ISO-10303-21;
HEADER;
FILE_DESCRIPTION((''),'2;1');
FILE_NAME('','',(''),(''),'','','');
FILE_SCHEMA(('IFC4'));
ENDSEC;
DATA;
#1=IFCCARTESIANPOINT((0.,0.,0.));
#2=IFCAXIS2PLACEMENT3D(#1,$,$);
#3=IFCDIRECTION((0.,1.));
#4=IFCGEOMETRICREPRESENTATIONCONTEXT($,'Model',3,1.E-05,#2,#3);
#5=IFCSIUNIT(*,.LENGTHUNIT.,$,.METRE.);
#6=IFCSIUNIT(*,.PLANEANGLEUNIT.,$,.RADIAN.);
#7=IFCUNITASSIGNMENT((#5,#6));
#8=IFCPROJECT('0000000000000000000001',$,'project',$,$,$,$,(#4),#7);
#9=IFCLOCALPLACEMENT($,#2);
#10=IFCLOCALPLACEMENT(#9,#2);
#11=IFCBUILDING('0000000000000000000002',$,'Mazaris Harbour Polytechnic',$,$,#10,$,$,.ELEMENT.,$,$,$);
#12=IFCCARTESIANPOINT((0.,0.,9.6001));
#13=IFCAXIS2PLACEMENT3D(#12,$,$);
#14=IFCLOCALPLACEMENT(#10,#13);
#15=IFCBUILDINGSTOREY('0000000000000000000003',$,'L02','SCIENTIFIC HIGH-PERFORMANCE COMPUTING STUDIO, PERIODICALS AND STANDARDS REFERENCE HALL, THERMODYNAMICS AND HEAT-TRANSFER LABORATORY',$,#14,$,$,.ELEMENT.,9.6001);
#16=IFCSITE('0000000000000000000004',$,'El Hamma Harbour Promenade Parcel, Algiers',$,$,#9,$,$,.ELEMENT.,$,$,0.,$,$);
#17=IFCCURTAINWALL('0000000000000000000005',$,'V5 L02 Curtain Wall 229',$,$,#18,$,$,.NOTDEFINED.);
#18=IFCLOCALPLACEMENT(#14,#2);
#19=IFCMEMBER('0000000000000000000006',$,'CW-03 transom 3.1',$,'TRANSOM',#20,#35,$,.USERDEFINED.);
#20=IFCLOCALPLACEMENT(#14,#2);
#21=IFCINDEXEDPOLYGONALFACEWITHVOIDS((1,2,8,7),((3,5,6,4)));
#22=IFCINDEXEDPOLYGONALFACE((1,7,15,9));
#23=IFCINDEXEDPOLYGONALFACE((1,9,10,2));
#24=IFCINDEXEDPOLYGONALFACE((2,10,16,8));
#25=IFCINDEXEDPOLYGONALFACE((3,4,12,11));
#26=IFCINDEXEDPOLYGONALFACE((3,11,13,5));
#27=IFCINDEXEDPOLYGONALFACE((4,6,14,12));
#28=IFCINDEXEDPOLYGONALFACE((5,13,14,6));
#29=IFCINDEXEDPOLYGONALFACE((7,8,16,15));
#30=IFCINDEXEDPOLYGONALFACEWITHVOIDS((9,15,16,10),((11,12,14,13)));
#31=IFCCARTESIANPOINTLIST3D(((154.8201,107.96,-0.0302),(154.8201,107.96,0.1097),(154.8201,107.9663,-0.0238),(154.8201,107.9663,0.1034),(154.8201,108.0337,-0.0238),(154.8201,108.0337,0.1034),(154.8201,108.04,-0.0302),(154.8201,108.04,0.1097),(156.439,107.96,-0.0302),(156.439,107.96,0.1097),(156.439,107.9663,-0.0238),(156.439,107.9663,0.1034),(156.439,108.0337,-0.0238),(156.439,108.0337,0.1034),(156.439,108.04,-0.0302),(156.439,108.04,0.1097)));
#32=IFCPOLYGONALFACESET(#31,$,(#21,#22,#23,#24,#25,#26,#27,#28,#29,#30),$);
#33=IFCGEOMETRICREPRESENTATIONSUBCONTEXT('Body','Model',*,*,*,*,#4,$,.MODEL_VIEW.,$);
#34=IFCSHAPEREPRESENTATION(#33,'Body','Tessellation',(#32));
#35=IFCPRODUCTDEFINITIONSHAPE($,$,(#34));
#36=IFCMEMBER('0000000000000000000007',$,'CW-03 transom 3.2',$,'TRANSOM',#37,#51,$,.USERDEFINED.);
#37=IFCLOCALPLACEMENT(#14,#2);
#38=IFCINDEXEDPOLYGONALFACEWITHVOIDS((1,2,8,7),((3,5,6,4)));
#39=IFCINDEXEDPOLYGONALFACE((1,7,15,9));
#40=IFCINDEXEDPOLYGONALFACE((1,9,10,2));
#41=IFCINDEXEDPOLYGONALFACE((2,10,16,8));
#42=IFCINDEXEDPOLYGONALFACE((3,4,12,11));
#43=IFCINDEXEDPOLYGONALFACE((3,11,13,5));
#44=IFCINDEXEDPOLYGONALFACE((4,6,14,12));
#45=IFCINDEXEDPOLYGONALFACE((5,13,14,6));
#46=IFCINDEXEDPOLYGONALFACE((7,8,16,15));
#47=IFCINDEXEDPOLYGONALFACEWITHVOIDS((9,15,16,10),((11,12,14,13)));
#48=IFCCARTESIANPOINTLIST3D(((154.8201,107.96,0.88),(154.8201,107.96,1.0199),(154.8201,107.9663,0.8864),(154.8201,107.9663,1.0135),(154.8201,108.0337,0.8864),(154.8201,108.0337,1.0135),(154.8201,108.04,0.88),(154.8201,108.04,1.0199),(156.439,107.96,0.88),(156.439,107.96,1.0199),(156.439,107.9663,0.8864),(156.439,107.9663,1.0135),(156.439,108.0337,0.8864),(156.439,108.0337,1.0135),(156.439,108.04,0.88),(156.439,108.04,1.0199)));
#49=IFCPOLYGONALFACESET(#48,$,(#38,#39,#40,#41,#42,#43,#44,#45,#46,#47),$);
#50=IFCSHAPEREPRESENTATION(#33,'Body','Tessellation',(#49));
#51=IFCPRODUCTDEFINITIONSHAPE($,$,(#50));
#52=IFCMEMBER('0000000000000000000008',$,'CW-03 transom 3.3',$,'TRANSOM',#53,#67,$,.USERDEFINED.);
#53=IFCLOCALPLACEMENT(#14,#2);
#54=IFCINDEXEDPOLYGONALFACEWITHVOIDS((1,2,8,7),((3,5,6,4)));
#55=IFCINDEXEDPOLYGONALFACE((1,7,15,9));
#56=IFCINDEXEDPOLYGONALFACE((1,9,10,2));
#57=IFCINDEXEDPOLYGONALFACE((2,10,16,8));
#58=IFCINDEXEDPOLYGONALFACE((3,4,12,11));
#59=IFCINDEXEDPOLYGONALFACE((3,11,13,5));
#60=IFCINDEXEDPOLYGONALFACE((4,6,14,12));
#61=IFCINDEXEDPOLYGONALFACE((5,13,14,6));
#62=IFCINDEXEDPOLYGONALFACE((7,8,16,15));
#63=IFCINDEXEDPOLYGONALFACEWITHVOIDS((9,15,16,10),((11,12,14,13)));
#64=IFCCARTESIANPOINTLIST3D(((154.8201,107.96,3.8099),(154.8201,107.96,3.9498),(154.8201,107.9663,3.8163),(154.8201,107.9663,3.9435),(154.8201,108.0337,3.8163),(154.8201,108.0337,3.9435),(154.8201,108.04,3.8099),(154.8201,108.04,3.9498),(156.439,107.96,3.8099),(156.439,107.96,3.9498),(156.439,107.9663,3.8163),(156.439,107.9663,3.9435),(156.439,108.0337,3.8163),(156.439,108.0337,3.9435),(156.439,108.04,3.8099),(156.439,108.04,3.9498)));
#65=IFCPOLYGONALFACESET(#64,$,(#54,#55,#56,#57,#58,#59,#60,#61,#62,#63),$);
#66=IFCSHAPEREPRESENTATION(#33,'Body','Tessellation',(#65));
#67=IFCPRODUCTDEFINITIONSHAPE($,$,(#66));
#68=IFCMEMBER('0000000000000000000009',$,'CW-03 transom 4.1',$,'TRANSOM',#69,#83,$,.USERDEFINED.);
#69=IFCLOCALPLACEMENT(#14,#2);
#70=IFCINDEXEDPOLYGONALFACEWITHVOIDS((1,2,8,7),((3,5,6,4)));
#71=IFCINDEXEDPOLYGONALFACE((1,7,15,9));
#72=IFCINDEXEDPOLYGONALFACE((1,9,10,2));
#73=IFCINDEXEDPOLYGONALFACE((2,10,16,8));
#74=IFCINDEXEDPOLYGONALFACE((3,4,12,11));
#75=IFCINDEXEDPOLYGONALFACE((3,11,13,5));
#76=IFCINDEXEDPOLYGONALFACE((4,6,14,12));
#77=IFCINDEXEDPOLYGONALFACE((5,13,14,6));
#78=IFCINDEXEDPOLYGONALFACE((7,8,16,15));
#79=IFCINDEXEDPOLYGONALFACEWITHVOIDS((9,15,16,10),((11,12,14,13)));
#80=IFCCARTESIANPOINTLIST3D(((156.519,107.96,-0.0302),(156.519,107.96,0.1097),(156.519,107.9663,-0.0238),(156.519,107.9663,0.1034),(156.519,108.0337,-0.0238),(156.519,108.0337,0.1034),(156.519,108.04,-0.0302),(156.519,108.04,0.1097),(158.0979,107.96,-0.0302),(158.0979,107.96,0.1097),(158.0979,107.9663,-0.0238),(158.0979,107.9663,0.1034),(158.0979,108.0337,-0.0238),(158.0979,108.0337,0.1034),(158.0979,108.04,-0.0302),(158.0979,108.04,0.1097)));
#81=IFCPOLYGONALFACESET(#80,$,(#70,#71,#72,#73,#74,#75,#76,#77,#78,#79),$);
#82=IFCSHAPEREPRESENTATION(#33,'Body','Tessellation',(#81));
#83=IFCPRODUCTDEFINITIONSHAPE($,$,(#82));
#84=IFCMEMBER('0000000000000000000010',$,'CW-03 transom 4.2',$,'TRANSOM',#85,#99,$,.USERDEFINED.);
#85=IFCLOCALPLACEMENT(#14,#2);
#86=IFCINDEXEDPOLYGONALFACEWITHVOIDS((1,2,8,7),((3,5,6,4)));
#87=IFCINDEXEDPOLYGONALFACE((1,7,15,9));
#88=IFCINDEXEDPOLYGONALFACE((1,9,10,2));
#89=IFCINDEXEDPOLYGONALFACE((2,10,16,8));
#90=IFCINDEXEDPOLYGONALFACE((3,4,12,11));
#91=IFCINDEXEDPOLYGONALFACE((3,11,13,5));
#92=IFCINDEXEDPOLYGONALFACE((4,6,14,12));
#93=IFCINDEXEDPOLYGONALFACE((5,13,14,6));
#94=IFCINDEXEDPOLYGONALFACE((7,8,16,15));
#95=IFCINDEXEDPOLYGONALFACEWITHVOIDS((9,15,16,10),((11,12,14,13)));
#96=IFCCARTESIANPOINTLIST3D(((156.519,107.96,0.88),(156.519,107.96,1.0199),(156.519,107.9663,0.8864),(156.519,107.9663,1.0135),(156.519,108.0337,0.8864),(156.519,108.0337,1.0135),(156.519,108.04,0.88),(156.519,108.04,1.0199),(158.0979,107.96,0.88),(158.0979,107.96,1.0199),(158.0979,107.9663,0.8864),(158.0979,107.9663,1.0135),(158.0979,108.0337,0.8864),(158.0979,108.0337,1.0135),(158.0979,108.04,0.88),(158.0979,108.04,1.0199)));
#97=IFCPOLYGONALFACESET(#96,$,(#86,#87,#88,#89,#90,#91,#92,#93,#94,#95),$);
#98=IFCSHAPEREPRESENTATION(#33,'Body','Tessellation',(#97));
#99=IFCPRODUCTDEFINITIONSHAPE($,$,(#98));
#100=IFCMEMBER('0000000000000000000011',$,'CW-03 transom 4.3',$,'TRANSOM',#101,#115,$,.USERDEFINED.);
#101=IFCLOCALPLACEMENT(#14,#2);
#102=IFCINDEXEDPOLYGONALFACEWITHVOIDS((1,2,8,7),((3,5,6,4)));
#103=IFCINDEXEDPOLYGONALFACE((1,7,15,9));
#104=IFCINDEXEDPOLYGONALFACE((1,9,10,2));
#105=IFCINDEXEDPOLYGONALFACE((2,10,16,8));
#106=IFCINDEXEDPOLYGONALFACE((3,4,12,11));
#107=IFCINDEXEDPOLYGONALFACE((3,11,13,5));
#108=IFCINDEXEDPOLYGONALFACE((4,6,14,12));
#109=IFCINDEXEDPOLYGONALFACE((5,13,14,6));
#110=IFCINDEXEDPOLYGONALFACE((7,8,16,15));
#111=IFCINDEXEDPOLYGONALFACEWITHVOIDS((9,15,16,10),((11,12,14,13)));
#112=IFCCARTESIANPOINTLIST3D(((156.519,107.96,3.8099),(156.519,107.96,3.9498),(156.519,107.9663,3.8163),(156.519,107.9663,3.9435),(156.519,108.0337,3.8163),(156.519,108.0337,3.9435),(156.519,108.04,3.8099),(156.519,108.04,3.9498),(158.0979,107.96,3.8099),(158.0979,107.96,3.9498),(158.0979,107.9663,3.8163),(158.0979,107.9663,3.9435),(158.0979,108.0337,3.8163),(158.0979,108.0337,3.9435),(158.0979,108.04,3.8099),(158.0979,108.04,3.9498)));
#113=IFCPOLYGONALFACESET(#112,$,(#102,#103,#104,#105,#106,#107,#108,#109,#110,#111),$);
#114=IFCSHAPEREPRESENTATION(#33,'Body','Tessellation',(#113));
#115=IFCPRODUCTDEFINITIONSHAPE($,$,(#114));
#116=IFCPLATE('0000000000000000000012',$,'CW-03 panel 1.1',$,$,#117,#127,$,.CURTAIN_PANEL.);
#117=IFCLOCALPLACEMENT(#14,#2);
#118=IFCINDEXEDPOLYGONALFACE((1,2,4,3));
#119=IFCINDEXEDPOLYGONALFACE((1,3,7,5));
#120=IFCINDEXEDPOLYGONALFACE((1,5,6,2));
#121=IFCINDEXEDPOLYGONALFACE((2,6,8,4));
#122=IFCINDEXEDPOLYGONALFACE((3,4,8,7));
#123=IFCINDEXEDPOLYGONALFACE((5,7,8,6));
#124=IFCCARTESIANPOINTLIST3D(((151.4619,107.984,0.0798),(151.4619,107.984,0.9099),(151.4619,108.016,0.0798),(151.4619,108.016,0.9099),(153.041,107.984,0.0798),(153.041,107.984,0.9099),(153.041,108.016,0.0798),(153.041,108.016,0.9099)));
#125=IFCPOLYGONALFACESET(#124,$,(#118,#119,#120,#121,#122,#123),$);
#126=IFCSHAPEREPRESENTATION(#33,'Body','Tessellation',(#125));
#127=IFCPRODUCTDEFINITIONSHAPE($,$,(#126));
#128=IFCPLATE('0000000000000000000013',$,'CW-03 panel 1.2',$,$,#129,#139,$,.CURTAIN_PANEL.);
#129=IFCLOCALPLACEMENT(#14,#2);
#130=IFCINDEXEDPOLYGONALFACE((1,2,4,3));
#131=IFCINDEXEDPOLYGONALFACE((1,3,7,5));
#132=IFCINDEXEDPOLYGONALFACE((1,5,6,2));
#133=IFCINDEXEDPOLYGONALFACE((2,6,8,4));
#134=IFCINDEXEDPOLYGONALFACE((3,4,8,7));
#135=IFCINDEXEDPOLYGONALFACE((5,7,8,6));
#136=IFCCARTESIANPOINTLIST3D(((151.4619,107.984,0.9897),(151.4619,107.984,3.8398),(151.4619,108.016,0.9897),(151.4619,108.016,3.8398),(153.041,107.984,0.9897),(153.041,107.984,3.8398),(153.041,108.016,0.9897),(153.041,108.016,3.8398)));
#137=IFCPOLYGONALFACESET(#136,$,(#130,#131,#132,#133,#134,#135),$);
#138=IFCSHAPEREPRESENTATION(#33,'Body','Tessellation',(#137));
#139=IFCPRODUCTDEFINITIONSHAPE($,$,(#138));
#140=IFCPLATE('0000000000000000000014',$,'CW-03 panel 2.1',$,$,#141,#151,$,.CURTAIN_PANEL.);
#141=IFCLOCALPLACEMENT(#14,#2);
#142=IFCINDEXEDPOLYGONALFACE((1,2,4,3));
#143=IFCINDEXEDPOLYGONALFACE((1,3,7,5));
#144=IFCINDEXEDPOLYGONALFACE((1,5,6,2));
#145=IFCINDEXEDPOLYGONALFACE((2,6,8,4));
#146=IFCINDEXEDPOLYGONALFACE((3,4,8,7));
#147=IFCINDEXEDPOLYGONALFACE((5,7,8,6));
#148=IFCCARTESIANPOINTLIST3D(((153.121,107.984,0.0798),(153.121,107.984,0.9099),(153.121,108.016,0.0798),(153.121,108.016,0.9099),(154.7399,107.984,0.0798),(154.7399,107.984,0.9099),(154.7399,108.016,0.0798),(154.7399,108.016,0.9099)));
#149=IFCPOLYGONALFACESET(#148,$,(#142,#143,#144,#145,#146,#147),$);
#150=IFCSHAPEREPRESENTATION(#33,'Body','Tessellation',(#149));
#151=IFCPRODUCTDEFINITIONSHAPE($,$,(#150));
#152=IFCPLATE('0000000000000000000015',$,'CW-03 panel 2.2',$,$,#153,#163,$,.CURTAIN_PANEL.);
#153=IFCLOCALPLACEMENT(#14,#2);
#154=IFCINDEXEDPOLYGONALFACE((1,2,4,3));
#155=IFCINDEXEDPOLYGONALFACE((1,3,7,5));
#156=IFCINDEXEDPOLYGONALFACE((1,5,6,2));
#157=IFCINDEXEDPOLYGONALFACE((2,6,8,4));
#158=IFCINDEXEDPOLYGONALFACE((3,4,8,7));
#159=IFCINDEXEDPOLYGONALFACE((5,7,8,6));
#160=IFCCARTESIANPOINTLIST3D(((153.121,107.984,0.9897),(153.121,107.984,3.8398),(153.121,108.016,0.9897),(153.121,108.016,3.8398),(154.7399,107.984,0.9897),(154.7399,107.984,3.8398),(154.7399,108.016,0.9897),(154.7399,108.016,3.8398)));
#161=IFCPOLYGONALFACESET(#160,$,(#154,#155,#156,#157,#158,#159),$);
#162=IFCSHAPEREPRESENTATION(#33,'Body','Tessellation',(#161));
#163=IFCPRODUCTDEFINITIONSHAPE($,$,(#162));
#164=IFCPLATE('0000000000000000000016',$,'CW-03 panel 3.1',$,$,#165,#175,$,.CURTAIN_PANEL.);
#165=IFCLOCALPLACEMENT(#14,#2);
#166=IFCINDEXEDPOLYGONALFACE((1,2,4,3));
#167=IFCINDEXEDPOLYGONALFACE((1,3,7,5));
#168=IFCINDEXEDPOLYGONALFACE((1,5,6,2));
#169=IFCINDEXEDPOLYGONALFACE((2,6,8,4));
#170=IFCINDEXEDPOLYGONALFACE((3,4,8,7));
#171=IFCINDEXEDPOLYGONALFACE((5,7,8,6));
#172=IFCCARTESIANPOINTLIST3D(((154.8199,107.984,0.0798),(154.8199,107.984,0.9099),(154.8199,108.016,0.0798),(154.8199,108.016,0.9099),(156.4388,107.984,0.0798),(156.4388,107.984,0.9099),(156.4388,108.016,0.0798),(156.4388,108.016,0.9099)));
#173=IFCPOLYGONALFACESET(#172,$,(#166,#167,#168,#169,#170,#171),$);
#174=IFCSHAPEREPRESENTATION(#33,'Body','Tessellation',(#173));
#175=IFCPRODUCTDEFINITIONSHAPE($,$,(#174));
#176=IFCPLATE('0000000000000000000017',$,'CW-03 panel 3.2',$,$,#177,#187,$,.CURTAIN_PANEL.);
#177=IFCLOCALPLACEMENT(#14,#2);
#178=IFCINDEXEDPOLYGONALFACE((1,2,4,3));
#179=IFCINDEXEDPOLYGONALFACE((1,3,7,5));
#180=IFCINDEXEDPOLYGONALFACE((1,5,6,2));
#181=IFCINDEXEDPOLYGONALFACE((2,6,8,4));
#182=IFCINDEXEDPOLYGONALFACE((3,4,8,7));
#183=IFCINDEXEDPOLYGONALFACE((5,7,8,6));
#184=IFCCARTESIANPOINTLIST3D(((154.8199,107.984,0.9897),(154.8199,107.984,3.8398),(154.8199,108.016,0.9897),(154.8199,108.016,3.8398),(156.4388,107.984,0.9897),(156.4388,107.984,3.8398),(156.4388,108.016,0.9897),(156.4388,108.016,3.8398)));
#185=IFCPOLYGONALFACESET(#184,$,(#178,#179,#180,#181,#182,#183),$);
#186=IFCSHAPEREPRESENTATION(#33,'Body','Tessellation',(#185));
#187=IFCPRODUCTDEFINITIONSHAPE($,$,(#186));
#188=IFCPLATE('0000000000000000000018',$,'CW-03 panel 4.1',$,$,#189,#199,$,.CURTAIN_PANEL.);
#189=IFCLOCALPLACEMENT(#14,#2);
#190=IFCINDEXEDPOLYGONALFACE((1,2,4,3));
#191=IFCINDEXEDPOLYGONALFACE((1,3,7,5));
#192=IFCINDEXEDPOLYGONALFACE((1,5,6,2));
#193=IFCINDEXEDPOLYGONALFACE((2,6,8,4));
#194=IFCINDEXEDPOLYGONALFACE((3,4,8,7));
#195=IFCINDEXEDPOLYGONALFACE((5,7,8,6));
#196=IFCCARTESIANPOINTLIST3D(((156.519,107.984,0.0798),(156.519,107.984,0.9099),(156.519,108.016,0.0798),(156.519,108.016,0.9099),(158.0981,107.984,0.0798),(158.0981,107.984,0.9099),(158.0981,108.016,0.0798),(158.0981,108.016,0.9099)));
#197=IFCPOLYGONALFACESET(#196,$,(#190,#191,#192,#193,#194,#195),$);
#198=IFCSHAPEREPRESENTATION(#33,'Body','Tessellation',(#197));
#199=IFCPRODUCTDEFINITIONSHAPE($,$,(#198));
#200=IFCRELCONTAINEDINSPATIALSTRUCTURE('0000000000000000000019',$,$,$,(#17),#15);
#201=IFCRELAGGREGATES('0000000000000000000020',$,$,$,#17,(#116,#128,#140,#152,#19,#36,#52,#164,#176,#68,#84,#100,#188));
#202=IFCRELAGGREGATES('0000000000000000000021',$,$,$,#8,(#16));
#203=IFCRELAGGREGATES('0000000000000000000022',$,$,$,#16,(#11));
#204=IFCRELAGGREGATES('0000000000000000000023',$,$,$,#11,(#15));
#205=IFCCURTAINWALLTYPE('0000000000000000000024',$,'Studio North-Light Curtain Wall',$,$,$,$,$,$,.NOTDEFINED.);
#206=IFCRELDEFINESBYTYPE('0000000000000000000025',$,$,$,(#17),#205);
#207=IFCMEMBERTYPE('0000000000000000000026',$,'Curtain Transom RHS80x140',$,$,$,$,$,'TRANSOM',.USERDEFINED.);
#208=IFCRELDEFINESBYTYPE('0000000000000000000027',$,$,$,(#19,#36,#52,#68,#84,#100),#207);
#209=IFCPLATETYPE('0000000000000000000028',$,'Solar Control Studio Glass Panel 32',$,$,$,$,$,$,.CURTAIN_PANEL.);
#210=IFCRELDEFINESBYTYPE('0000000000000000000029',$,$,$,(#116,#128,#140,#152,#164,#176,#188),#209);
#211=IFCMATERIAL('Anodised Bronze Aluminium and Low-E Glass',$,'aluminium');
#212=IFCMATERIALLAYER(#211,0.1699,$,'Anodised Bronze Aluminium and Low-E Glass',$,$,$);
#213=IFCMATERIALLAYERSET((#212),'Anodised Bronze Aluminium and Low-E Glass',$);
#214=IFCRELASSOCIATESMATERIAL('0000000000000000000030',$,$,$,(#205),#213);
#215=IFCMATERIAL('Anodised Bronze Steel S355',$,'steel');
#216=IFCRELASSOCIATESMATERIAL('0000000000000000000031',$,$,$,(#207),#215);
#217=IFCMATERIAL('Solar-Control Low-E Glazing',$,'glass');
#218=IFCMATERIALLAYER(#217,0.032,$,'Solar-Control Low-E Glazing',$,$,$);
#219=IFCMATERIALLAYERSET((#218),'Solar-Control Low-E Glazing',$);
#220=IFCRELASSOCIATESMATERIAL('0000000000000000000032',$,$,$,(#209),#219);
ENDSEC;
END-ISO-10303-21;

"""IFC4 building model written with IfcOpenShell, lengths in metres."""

from ifc_helpers import new_model, si_unit, direction, frame, origin, origin_2d, place, context, subcontext, project, spatial, rectangle, hollow_rectangle, extrude, material, layer, layer_set, material_profile, profile_set, type_object, element, aggregate, save


model = new_model("IFC4")

# Units and contexts
model_context = context("Model", 3, precision=1e-05, world=origin(), true_north=direction((0.0, 1.0)))
body_context = subcontext(model_context, "Body", "Model", "MODEL_VIEW")
ifc_project = project(units=[si_unit("LENGTHUNIT", "METRE"), si_unit("PLANEANGLEUNIT", "RADIAN")], contexts=[model_context])

# Site, building, storey
site_placement = place(None, origin())
site = spatial("IfcSite", under=ifc_project, at=site_placement, Name="El Hamma Harbour Promenade Parcel, Algiers", CompositionType="ELEMENT", RefElevation=0.0)
building_placement = place(site_placement, origin())
building = spatial("IfcBuilding", under=site, at=building_placement, Name="Mazaris Harbour Polytechnic", CompositionType="ELEMENT")
storey_placement = place(building_placement, frame((0.0, 0.0, 9.6001)))
storey = spatial("IfcBuildingStorey", under=building, at=storey_placement, Name="L02", Description="SCIENTIFIC HIGH-PERFORMANCE COMPUTING STUDIO, PERIODICALS AND STANDARDS REFERENCE HALL, THERMODYNAMICS AND HEAT-TRANSFER LABORATORY", CompositionType="ELEMENT", Elevation=9.6001)

# Curtain wall, members, plates
ifc_material_1 = material(Name="Anodised Bronze Aluminium and Low-E Glass", Category="aluminium")
ifc_layer_1 = layer(ifc_material_1, 0.1699, Name="Anodised Bronze Aluminium and Low-E Glass")
ifc_layer_set_1 = layer_set([ifc_layer_1], Name="Anodised Bronze Aluminium and Low-E Glass")
curtain_wall_type = type_object("IfcCurtainWallType", Name="Studio North-Light Curtain Wall", PredefinedType="NOTDEFINED", material=ifc_layer_set_1)
curtain_wall_placement = place(storey_placement, origin())
curtain_wall = element("IfcCurtainWall", 1, at=curtain_wall_placement, inside=storey, type_object=curtain_wall_type, Name="V5 L02 Curtain Wall 229", PredefinedType="NOTDEFINED")
ifc_material_2 = material(Name="Anodised Bronze Steel S355", Category="steel")
ifc_material_profile_1 = material_profile(ifc_material_2, hollow_rectangle(XDim=0.0801, YDim=0.1399, WallThickness=0.0063, at=origin_2d()), Name="RHS 80x140x6.3")
ifc_profile_set_1 = profile_set([ifc_material_profile_1], Name="Anodised Bronze Steel S355")
member_type_1 = type_object("IfcMemberType", Name="Curtain Transom RHS80x140", ElementType="TRANSOM", PredefinedType="USERDEFINED", material=ifc_profile_set_1)
member_1_placement = place(storey_placement, frame((154.8201, 108.0, 0.0398), z_axis=(1.0, 0.0, 0.0), x_axis=(0.0, 1.0, 0.0)))
member_1 = element("IfcMember", 2, at=member_1_placement, type_object=member_type_1, Name="CW-03 transom 3.1", ObjectType="TRANSOM", PredefinedType="USERDEFINED", context=body_context, shape_type="SweptSolid", body=[
    extrude(hollow_rectangle(XDim=0.0801, YDim=0.1399, WallThickness=0.0063, at=origin_2d()), origin(), (0.0, 0.0, 1.0), 1.6189),
])
member_2_placement = place(storey_placement, frame((154.8201, 108.0, 0.95), z_axis=(1.0, 0.0, 0.0), x_axis=(0.0, 1.0, 0.0)))
member_2 = element("IfcMember", 3, at=member_2_placement, type_object=member_type_1, Name="CW-03 transom 3.2", ObjectType="TRANSOM", PredefinedType="USERDEFINED", context=body_context, shape_type="SweptSolid", body=[
    extrude(hollow_rectangle(XDim=0.0801, YDim=0.1399, WallThickness=0.0063, at=origin_2d()), origin(), (0.0, 0.0, 1.0), 1.6189),
])
member_3_placement = place(storey_placement, frame((154.8201, 108.0, 3.8799), z_axis=(1.0, 0.0, 0.0), x_axis=(0.0, 1.0, 0.0)))
member_3 = element("IfcMember", 4, at=member_3_placement, type_object=member_type_1, Name="CW-03 transom 3.3", ObjectType="TRANSOM", PredefinedType="USERDEFINED", context=body_context, shape_type="SweptSolid", body=[
    extrude(hollow_rectangle(XDim=0.0801, YDim=0.1399, WallThickness=0.0063, at=origin_2d()), origin(), (0.0, 0.0, 1.0), 1.6189),
])
member_4_placement = place(storey_placement, frame((156.519, 108.0, 0.0398), z_axis=(1.0, 0.0, 0.0), x_axis=(0.0, 1.0, 0.0)))
member_4 = element("IfcMember", 5, at=member_4_placement, type_object=member_type_1, Name="CW-03 transom 4.1", ObjectType="TRANSOM", PredefinedType="USERDEFINED", context=body_context, shape_type="SweptSolid", body=[
    extrude(hollow_rectangle(XDim=0.0801, YDim=0.1399, WallThickness=0.0063, at=origin_2d()), origin(), (0.0, 0.0, 1.0), 1.5789),
])
member_5_placement = place(storey_placement, frame((156.519, 108.0, 0.95), z_axis=(1.0, 0.0, 0.0), x_axis=(0.0, 1.0, 0.0)))
member_5 = element("IfcMember", 6, at=member_5_placement, type_object=member_type_1, Name="CW-03 transom 4.2", ObjectType="TRANSOM", PredefinedType="USERDEFINED", context=body_context, shape_type="SweptSolid", body=[
    extrude(hollow_rectangle(XDim=0.0801, YDim=0.1399, WallThickness=0.0063, at=origin_2d()), origin(), (0.0, 0.0, 1.0), 1.5789),
])
member_6_placement = place(storey_placement, frame((156.519, 108.0, 3.8799), z_axis=(1.0, 0.0, 0.0), x_axis=(0.0, 1.0, 0.0)))
member_6 = element("IfcMember", 7, at=member_6_placement, type_object=member_type_1, Name="CW-03 transom 4.3", ObjectType="TRANSOM", PredefinedType="USERDEFINED", context=body_context, shape_type="SweptSolid", body=[
    extrude(hollow_rectangle(XDim=0.0801, YDim=0.1399, WallThickness=0.0063, at=origin_2d()), origin(), (0.0, 0.0, 1.0), 1.5789),
])
ifc_material_3 = material(Name="Solar-Control Low-E Glazing", Category="glass")
ifc_layer_2 = layer(ifc_material_3, 0.032, Name="Solar-Control Low-E Glazing")
ifc_layer_set_2 = layer_set([ifc_layer_2], Name="Solar-Control Low-E Glazing")
plate_type = type_object("IfcPlateType", Name="Solar Control Studio Glass Panel 32", PredefinedType="CURTAIN_PANEL", material=ifc_layer_set_2)
plate_1_placement = place(storey_placement, frame((152.2515, 108.0, 0.0798), z_axis=(0.0, 0.0, 1.0), x_axis=(1.0, 0.0, 0.0)))
plate_1 = element("IfcPlate", 8, at=plate_1_placement, type_object=plate_type, Name="CW-03 panel 1.1", PredefinedType="CURTAIN_PANEL", context=body_context, shape_type="SweptSolid", body=[
    extrude(rectangle(XDim=1.5791, YDim=0.032, at=origin_2d()), origin(), (0.0, 0.0, 1.0), 0.8301),
])
plate_2_placement = place(storey_placement, frame((152.2515, 108.0, 0.9897), z_axis=(0.0, 0.0, 1.0), x_axis=(1.0, 0.0, 0.0)))
plate_2 = element("IfcPlate", 9, at=plate_2_placement, type_object=plate_type, Name="CW-03 panel 1.2", PredefinedType="CURTAIN_PANEL", context=body_context, shape_type="SweptSolid", body=[
    extrude(rectangle(XDim=1.5791, YDim=0.032, at=origin_2d()), origin(), (0.0, 0.0, 1.0), 2.8501),
])
plate_3_placement = place(storey_placement, frame((153.9304, 108.0, 0.0798), z_axis=(0.0, 0.0, 1.0), x_axis=(1.0, 0.0, 0.0)))
plate_3 = element("IfcPlate", 10, at=plate_3_placement, type_object=plate_type, Name="CW-03 panel 2.1", PredefinedType="CURTAIN_PANEL", context=body_context, shape_type="SweptSolid", body=[
    extrude(rectangle(XDim=1.6189, YDim=0.032, at=origin_2d()), origin(), (0.0, 0.0, 1.0), 0.8301),
])
plate_4_placement = place(storey_placement, frame((153.9304, 108.0, 0.9897), z_axis=(0.0, 0.0, 1.0), x_axis=(1.0, 0.0, 0.0)))
plate_4 = element("IfcPlate", 11, at=plate_4_placement, type_object=plate_type, Name="CW-03 panel 2.2", PredefinedType="CURTAIN_PANEL", context=body_context, shape_type="SweptSolid", body=[
    extrude(rectangle(XDim=1.6189, YDim=0.032, at=origin_2d()), origin(), (0.0, 0.0, 1.0), 2.8501),
])
plate_5_placement = place(storey_placement, frame((155.6294, 108.0, 0.0798), z_axis=(0.0, 0.0, 1.0), x_axis=(1.0, 0.0, 0.0)))
plate_5 = element("IfcPlate", 12, at=plate_5_placement, type_object=plate_type, Name="CW-03 panel 3.1", PredefinedType="CURTAIN_PANEL", context=body_context, shape_type="SweptSolid", body=[
    extrude(rectangle(XDim=1.6189, YDim=0.032, at=origin_2d()), origin(), (0.0, 0.0, 1.0), 0.8301),
])
plate_6_placement = place(storey_placement, frame((155.6294, 108.0, 0.9897), z_axis=(0.0, 0.0, 1.0), x_axis=(1.0, 0.0, 0.0)))
plate_6 = element("IfcPlate", 13, at=plate_6_placement, type_object=plate_type, Name="CW-03 panel 3.2", PredefinedType="CURTAIN_PANEL", context=body_context, shape_type="SweptSolid", body=[
    extrude(rectangle(XDim=1.6189, YDim=0.032, at=origin_2d()), origin(), (0.0, 0.0, 1.0), 2.8501),
])
plate_7_placement = place(storey_placement, frame((157.3086, 108.0, 0.0798), z_axis=(0.0, 0.0, 1.0), x_axis=(1.0, 0.0, 0.0)))
plate_7 = element("IfcPlate", 14, at=plate_7_placement, type_object=plate_type, Name="CW-03 panel 4.1", PredefinedType="CURTAIN_PANEL", context=body_context, shape_type="SweptSolid", body=[
    extrude(rectangle(XDim=1.5791, YDim=0.032, at=origin_2d()), origin(), (0.0, 0.0, 1.0), 0.8301),
])
aggregate(curtain_wall, [plate_1, plate_2, plate_3, plate_4, member_1, member_2, member_3, plate_5, plate_6, member_4, member_5, member_6, plate_7])

save(model, "model.ifc")
